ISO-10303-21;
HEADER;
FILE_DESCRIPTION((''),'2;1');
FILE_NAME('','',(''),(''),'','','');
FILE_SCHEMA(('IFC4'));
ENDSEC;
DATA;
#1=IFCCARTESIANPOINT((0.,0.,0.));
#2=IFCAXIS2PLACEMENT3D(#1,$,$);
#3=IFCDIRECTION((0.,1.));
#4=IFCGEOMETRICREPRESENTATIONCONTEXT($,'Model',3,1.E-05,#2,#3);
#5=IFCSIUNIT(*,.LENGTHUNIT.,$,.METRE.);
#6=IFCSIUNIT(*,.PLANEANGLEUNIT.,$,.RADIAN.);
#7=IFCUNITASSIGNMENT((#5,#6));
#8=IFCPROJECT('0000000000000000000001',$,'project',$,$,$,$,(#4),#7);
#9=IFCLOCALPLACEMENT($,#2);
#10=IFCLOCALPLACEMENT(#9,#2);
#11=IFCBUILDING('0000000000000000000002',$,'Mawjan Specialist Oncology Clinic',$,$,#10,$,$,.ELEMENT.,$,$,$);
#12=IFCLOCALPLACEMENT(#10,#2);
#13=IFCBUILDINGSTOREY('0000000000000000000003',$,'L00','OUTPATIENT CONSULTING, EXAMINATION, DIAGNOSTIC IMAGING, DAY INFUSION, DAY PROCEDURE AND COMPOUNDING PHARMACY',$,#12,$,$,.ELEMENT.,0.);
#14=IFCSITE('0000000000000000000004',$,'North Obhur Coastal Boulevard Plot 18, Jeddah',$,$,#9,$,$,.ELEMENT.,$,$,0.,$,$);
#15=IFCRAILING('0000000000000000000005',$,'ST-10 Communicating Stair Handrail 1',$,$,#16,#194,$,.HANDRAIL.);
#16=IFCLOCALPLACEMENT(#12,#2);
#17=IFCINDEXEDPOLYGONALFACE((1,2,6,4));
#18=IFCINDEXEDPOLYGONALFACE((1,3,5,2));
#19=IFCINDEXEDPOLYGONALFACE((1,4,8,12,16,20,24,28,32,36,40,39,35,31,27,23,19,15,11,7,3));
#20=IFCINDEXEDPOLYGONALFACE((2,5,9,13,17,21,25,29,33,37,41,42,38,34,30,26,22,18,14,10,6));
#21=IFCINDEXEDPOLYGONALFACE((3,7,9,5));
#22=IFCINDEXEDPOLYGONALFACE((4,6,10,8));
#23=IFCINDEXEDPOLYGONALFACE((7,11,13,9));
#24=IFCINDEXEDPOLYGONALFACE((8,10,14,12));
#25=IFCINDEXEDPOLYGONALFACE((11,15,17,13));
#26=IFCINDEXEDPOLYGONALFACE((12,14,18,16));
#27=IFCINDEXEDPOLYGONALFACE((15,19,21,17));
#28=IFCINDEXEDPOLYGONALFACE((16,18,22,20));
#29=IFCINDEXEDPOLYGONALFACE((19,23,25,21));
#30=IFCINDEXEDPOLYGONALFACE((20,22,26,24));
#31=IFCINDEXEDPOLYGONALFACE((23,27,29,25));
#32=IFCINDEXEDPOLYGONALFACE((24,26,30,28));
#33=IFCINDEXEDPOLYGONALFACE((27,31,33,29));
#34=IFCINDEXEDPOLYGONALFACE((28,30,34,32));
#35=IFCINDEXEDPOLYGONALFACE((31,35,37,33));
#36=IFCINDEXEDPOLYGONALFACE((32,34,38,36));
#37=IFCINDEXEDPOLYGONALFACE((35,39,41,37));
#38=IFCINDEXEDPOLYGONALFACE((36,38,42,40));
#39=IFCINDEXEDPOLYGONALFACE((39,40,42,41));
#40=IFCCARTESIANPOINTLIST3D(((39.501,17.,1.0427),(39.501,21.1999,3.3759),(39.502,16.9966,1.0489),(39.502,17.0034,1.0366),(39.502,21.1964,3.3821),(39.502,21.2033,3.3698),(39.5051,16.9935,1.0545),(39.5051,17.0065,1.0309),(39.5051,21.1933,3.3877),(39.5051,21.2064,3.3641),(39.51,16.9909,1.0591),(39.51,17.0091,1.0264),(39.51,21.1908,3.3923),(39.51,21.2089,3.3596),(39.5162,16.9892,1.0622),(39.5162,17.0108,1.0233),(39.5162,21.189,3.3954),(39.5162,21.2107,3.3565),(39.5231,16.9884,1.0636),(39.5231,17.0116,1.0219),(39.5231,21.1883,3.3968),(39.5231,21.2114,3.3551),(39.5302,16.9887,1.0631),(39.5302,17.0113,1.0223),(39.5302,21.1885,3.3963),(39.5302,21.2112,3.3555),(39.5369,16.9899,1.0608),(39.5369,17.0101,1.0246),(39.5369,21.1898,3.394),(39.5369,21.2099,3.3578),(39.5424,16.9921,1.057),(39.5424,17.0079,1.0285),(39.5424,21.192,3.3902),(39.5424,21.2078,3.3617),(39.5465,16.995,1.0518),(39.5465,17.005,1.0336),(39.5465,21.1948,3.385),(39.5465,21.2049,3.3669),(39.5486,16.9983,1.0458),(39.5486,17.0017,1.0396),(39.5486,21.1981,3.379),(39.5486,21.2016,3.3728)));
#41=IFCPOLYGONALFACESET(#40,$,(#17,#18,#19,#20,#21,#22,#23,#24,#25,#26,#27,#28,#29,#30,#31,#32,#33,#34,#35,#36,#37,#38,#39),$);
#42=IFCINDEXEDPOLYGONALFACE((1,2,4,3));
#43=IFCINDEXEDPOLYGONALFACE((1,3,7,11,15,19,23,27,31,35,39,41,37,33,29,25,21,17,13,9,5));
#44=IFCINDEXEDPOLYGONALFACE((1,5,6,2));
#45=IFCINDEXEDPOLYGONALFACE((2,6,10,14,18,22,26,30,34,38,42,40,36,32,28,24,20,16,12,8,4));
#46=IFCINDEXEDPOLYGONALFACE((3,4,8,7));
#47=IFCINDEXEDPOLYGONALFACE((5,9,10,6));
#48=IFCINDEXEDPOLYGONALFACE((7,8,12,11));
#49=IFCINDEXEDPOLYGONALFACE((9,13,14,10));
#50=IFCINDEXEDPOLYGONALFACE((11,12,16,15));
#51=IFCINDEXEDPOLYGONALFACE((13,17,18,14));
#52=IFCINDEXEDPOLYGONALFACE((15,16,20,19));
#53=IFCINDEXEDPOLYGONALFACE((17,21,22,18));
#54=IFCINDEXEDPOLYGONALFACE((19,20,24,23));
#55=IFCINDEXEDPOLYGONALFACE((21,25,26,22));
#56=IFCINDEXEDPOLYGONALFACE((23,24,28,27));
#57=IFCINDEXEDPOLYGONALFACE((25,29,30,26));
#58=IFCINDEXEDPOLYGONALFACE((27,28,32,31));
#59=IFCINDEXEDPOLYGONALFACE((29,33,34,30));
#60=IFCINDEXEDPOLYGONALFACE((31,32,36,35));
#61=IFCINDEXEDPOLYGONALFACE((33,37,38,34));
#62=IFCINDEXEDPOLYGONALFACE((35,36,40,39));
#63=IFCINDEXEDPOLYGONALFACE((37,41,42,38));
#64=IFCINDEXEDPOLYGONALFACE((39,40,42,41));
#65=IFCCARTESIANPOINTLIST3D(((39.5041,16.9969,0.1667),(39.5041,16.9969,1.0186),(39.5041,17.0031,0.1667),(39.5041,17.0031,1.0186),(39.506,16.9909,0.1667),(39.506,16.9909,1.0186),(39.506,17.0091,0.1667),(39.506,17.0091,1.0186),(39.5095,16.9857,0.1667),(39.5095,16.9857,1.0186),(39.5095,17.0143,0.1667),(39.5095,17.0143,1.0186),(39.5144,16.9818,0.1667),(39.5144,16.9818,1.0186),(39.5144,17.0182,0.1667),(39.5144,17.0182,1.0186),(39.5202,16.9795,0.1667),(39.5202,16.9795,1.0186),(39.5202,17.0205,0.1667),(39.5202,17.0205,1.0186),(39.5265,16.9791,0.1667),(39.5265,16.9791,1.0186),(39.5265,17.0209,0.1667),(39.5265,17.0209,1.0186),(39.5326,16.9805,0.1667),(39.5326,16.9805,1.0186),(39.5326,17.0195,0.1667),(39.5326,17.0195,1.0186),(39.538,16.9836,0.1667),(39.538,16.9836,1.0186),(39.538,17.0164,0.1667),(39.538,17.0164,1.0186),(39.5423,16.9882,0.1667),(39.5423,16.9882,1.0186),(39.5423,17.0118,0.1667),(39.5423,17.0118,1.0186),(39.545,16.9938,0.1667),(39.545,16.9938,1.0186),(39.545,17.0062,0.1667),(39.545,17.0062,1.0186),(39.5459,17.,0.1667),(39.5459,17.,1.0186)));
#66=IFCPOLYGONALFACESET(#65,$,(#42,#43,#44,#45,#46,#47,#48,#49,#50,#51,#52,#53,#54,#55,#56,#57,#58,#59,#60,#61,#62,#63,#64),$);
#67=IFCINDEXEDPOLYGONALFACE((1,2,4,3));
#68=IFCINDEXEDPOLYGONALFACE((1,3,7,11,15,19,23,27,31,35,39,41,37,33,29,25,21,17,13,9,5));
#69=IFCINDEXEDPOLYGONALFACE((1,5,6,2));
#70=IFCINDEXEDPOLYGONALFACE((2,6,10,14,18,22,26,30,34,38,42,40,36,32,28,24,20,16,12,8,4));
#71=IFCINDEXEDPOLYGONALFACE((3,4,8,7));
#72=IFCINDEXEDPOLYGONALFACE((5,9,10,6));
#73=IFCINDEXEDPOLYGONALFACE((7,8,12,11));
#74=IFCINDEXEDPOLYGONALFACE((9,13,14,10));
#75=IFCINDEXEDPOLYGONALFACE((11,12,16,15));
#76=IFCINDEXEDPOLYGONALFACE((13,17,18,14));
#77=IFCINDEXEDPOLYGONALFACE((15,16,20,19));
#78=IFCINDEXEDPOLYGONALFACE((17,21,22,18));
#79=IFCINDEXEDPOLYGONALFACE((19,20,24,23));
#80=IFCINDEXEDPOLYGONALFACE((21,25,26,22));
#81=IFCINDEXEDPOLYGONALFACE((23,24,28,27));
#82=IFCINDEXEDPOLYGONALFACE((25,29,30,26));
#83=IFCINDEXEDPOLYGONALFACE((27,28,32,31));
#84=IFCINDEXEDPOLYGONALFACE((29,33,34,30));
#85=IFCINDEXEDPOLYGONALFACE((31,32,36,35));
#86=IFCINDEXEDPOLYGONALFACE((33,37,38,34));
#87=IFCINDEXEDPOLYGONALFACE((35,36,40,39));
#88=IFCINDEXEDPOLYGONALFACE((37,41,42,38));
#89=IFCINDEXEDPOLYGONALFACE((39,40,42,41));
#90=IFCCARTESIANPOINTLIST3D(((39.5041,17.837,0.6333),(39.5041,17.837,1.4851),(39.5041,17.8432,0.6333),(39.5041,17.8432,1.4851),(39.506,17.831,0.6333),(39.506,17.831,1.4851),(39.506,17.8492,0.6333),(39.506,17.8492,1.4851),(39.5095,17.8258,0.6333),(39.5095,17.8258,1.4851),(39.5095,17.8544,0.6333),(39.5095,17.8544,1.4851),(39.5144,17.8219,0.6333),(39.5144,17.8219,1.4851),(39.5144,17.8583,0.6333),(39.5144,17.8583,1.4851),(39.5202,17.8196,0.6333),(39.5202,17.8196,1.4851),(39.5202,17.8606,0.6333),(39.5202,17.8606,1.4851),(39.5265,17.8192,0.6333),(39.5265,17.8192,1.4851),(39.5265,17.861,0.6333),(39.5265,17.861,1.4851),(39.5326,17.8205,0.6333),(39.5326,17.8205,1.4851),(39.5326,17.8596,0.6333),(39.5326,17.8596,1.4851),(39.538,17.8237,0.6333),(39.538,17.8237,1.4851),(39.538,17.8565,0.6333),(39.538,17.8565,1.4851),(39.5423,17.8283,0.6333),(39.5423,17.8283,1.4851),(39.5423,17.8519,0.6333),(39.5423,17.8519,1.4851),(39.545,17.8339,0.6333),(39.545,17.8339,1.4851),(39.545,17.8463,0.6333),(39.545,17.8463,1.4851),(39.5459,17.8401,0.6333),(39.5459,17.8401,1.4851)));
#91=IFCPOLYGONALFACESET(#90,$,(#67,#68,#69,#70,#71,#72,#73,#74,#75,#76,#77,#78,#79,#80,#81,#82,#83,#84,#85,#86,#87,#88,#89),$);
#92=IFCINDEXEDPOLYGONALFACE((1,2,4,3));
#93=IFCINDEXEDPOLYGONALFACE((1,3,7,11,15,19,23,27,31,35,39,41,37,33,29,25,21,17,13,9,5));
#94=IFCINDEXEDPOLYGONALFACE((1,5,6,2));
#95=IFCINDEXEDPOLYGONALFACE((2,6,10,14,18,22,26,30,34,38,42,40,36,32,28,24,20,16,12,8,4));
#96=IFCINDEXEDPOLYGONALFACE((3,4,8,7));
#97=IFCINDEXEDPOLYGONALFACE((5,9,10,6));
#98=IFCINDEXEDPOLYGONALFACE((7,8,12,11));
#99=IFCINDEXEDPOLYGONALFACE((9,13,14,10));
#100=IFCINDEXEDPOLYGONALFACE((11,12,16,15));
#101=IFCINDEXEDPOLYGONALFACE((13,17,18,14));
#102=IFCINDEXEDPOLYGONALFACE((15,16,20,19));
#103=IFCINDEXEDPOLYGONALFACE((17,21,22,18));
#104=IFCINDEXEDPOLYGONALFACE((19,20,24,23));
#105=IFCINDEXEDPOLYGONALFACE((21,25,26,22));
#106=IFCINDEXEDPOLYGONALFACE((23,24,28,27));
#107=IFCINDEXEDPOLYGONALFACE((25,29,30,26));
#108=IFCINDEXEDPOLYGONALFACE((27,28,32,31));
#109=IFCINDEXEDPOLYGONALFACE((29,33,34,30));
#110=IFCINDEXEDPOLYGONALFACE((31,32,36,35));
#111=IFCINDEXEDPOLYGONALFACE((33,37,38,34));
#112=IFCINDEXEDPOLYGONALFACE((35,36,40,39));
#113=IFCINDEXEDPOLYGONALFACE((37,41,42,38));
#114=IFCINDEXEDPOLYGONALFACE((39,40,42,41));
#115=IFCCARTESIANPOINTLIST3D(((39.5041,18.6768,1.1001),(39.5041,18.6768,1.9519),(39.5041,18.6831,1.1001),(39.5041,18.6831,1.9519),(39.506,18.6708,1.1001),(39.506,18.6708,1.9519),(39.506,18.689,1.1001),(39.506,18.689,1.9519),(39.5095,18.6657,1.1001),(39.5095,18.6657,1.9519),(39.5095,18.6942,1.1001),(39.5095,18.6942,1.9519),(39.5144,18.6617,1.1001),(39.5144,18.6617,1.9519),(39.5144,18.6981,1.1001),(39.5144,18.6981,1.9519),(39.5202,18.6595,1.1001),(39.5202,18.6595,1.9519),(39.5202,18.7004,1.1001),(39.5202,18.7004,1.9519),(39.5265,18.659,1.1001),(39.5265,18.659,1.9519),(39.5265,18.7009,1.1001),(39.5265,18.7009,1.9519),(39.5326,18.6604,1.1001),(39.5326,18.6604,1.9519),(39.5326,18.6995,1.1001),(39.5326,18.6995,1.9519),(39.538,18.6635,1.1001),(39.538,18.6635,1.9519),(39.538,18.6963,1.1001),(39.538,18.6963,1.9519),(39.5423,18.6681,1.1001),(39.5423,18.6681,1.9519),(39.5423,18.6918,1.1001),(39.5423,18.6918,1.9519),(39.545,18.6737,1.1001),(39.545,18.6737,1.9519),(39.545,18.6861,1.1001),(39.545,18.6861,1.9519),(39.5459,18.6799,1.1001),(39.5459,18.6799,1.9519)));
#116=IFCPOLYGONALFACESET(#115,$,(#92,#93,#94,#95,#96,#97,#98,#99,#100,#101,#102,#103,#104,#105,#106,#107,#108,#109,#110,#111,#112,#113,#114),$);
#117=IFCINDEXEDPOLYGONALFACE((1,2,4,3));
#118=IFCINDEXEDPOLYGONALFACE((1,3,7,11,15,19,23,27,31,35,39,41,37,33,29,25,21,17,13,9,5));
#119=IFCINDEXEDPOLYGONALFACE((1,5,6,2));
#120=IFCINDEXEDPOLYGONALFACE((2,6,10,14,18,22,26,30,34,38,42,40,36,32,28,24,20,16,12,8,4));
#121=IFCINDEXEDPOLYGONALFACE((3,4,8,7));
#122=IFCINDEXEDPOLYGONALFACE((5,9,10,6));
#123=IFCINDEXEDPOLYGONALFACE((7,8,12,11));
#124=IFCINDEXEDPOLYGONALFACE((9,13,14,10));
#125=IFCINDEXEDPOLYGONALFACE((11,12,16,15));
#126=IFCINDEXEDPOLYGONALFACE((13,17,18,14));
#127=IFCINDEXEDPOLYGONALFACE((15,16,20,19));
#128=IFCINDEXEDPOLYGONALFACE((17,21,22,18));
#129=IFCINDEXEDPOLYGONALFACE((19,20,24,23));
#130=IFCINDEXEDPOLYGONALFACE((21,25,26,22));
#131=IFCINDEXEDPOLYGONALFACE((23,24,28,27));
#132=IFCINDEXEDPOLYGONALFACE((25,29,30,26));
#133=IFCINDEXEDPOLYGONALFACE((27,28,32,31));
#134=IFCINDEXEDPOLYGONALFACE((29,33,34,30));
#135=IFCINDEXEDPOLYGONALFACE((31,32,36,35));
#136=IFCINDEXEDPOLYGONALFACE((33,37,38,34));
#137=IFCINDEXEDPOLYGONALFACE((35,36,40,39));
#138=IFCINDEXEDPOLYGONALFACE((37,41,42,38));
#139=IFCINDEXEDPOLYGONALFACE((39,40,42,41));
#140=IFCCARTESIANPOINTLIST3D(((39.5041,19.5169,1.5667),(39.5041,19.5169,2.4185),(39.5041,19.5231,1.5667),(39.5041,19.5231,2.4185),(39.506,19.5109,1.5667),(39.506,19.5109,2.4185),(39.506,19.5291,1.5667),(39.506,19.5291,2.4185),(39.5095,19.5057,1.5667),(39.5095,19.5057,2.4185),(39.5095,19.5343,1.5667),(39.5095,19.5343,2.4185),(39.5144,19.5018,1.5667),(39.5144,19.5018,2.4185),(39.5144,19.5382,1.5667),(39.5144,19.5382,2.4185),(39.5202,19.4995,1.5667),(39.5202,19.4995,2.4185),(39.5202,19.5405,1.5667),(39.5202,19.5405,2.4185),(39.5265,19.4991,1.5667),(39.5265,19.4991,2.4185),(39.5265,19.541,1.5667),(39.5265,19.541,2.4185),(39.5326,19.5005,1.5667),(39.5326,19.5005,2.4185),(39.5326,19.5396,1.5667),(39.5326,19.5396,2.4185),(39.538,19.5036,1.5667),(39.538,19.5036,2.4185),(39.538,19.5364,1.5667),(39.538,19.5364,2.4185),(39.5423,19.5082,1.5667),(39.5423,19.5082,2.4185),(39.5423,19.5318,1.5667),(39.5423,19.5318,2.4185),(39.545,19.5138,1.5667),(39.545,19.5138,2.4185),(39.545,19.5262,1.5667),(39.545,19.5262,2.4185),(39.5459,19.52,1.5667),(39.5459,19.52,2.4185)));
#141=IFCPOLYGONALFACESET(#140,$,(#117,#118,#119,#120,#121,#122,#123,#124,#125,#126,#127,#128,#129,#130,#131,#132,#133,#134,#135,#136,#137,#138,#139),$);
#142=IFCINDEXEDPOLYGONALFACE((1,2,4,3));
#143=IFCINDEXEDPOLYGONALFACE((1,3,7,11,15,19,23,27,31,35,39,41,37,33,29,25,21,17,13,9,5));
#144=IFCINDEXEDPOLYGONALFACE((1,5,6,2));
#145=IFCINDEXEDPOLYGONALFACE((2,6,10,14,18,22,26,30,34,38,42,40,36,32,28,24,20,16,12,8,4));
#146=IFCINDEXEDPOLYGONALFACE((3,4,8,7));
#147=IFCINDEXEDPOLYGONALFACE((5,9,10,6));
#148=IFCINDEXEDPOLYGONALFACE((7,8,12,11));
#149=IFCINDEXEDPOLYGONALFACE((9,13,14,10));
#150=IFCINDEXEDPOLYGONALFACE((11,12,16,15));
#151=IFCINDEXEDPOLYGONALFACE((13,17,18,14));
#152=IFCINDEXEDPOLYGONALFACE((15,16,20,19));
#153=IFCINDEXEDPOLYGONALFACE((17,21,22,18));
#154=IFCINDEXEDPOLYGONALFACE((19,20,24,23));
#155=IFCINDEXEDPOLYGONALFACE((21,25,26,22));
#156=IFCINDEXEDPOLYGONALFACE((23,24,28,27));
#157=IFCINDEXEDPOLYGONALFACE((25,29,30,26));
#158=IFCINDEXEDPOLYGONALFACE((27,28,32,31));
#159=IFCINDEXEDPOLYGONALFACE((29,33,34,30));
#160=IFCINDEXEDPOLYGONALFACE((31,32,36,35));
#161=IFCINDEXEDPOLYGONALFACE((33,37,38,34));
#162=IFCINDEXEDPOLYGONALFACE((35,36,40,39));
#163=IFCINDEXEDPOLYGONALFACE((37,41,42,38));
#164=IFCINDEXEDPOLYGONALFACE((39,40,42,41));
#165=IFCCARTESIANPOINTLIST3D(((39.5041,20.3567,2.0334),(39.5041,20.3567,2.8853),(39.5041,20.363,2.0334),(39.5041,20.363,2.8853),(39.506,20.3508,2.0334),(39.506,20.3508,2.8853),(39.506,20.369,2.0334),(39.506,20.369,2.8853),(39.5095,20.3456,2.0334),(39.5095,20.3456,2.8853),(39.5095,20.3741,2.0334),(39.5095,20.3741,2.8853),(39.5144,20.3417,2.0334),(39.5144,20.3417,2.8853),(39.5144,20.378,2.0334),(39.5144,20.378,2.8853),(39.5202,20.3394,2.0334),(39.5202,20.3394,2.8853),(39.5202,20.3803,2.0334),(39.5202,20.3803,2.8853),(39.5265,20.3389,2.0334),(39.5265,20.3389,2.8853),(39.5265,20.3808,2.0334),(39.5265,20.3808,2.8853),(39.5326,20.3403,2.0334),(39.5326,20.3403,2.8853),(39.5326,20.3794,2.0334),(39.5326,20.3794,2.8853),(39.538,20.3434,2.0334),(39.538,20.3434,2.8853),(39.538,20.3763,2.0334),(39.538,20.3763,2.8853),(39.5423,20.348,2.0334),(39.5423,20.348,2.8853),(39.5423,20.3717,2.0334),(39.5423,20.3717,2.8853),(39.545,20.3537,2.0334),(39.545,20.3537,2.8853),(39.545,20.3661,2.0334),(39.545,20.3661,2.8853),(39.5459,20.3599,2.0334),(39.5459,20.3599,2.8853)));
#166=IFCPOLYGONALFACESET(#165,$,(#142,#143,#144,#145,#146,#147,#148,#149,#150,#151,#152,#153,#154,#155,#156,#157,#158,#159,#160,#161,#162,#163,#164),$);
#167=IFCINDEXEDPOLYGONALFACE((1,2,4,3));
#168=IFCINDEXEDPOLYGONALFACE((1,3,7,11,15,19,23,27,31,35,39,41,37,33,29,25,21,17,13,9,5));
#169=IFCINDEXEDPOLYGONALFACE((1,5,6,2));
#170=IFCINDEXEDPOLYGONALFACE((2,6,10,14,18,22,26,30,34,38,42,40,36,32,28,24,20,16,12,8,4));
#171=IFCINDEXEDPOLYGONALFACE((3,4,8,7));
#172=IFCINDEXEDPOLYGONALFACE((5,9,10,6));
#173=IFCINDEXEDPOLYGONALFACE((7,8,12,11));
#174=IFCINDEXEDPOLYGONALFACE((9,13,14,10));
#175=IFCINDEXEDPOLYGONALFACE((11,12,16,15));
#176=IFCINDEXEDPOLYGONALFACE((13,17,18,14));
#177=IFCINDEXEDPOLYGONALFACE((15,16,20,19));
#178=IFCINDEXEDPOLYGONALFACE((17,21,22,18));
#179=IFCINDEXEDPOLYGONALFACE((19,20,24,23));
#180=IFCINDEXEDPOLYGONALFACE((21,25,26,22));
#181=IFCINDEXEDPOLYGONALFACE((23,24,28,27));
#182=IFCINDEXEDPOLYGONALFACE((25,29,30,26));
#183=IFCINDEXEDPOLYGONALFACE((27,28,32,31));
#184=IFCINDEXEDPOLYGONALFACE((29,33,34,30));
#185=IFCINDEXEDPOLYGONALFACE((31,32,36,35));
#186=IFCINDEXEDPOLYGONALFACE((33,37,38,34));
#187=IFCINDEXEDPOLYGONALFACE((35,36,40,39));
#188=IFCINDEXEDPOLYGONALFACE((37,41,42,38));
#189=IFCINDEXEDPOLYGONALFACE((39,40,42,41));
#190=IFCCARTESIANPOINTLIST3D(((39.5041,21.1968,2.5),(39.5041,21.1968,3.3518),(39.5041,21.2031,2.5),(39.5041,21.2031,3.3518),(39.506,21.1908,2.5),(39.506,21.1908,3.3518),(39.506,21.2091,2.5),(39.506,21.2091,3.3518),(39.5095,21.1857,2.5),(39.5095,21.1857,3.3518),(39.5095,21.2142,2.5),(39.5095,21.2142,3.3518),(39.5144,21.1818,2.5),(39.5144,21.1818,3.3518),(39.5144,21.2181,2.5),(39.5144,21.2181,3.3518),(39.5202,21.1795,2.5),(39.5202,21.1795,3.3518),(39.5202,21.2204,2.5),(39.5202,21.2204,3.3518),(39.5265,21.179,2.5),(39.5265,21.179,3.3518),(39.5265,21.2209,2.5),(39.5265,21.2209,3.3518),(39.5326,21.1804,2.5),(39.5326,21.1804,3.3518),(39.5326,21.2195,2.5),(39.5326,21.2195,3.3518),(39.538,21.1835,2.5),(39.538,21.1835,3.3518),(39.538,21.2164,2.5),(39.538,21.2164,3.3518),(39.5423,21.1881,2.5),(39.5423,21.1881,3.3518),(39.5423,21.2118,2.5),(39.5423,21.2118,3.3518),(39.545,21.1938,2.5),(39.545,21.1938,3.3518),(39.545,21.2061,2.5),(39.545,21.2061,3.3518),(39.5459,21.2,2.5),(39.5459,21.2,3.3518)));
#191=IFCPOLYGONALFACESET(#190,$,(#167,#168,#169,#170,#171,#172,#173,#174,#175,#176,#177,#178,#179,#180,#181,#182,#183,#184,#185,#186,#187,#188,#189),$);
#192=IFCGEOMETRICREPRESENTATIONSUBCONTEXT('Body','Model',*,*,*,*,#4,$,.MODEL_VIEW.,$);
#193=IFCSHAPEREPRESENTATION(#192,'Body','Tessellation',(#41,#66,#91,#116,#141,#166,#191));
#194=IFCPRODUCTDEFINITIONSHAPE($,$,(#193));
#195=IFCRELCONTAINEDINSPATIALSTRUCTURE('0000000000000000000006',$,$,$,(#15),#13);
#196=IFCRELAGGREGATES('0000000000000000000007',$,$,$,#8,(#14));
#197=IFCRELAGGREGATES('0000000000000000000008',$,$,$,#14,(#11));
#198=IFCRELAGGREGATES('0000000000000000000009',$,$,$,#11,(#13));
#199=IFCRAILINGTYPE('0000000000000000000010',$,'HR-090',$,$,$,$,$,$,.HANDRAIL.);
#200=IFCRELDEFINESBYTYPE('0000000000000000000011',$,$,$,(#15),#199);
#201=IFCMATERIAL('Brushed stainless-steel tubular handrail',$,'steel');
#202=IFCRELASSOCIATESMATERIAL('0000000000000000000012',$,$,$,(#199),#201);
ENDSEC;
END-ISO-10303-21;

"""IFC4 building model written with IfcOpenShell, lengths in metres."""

from ifc_helpers import new_model, si_unit, direction, frame, origin, origin_2d, place, context, subcontext, project, spatial, circle, extrude, material, type_object, element, save


model = new_model("IFC4")

# Units and contexts
model_context = context("Model", 3, precision=1e-05, world=origin(), true_north=direction((0.0, 1.0)))
body_context = subcontext(model_context, "Body", "Model", "MODEL_VIEW")
ifc_project = project(units=[si_unit("LENGTHUNIT", "METRE"), si_unit("PLANEANGLEUNIT", "RADIAN")], contexts=[model_context])

# Site, building, storey
site_placement = place(None, origin())
site = spatial("IfcSite", under=ifc_project, at=site_placement, Name="North Obhur Coastal Boulevard Plot 18, Jeddah", CompositionType="ELEMENT", RefElevation=0.0)
building_placement = place(site_placement, origin())
building = spatial("IfcBuilding", under=site, at=building_placement, Name="Mawjan Specialist Oncology Clinic", CompositionType="ELEMENT")
storey_placement = place(building_placement, origin())
storey = spatial("IfcBuildingStorey", under=building, at=storey_placement, Name="L00", Description="OUTPATIENT CONSULTING, EXAMINATION, DIAGNOSTIC IMAGING, DAY INFUSION, DAY PROCEDURE AND COMPOUNDING PHARMACY", CompositionType="ELEMENT", Elevation=0.0)

# Railing
ifc_material_1 = material(Name="Brushed stainless-steel tubular handrail", Category="steel")
railing_type = type_object("IfcRailingType", Name="HR-090", PredefinedType="HANDRAIL", material=ifc_material_1)
for number, where, name in (
    (1, (39.5249, 17.0, 0.1667), "ST-10 Communicating Stair Handrail 1"),
):
    element("IfcRailing", number, at=place(storey_placement, frame(where)), inside=storey, type_object=railing_type, Name=name, PredefinedType="HANDRAIL", context=body_context, shape_type="SweptSolid", body=[
        extrude(circle(Radius=0.0239, at=origin_2d()), frame((0.0, 0.0, 0.876), z_axis=(0.0, 0.874162, 0.485634), x_axis=(-1.0, 0.0, 0.0)), (0.0, 0.0, 1.0), 4.8044),
        extrude(circle(Radius=0.021, at=origin_2d()), origin(), (0.0, 0.0, 1.0), 0.8518),
        extrude(circle(Radius=0.021, at=origin_2d()), frame((0.0, 0.8401, 0.4666)), (0.0, 0.0, 1.0), 0.8518),
        extrude(circle(Radius=0.021, at=origin_2d()), frame((0.0, 1.6799, 0.9333)), (0.0, 0.0, 1.0), 0.8518),
        extrude(circle(Radius=0.021, at=origin_2d()), frame((0.0, 2.52, 1.3999)), (0.0, 0.0, 1.0), 0.8518),
        extrude(circle(Radius=0.021, at=origin_2d()), frame((0.0, 3.3599, 1.8667)), (0.0, 0.0, 1.0), 0.8518),
        extrude(circle(Radius=0.021, at=origin_2d()), frame((0.0, 4.2, 2.3333)), (0.0, 0.0, 1.0), 0.8518),
    ])

save(model, "model.ifc")
